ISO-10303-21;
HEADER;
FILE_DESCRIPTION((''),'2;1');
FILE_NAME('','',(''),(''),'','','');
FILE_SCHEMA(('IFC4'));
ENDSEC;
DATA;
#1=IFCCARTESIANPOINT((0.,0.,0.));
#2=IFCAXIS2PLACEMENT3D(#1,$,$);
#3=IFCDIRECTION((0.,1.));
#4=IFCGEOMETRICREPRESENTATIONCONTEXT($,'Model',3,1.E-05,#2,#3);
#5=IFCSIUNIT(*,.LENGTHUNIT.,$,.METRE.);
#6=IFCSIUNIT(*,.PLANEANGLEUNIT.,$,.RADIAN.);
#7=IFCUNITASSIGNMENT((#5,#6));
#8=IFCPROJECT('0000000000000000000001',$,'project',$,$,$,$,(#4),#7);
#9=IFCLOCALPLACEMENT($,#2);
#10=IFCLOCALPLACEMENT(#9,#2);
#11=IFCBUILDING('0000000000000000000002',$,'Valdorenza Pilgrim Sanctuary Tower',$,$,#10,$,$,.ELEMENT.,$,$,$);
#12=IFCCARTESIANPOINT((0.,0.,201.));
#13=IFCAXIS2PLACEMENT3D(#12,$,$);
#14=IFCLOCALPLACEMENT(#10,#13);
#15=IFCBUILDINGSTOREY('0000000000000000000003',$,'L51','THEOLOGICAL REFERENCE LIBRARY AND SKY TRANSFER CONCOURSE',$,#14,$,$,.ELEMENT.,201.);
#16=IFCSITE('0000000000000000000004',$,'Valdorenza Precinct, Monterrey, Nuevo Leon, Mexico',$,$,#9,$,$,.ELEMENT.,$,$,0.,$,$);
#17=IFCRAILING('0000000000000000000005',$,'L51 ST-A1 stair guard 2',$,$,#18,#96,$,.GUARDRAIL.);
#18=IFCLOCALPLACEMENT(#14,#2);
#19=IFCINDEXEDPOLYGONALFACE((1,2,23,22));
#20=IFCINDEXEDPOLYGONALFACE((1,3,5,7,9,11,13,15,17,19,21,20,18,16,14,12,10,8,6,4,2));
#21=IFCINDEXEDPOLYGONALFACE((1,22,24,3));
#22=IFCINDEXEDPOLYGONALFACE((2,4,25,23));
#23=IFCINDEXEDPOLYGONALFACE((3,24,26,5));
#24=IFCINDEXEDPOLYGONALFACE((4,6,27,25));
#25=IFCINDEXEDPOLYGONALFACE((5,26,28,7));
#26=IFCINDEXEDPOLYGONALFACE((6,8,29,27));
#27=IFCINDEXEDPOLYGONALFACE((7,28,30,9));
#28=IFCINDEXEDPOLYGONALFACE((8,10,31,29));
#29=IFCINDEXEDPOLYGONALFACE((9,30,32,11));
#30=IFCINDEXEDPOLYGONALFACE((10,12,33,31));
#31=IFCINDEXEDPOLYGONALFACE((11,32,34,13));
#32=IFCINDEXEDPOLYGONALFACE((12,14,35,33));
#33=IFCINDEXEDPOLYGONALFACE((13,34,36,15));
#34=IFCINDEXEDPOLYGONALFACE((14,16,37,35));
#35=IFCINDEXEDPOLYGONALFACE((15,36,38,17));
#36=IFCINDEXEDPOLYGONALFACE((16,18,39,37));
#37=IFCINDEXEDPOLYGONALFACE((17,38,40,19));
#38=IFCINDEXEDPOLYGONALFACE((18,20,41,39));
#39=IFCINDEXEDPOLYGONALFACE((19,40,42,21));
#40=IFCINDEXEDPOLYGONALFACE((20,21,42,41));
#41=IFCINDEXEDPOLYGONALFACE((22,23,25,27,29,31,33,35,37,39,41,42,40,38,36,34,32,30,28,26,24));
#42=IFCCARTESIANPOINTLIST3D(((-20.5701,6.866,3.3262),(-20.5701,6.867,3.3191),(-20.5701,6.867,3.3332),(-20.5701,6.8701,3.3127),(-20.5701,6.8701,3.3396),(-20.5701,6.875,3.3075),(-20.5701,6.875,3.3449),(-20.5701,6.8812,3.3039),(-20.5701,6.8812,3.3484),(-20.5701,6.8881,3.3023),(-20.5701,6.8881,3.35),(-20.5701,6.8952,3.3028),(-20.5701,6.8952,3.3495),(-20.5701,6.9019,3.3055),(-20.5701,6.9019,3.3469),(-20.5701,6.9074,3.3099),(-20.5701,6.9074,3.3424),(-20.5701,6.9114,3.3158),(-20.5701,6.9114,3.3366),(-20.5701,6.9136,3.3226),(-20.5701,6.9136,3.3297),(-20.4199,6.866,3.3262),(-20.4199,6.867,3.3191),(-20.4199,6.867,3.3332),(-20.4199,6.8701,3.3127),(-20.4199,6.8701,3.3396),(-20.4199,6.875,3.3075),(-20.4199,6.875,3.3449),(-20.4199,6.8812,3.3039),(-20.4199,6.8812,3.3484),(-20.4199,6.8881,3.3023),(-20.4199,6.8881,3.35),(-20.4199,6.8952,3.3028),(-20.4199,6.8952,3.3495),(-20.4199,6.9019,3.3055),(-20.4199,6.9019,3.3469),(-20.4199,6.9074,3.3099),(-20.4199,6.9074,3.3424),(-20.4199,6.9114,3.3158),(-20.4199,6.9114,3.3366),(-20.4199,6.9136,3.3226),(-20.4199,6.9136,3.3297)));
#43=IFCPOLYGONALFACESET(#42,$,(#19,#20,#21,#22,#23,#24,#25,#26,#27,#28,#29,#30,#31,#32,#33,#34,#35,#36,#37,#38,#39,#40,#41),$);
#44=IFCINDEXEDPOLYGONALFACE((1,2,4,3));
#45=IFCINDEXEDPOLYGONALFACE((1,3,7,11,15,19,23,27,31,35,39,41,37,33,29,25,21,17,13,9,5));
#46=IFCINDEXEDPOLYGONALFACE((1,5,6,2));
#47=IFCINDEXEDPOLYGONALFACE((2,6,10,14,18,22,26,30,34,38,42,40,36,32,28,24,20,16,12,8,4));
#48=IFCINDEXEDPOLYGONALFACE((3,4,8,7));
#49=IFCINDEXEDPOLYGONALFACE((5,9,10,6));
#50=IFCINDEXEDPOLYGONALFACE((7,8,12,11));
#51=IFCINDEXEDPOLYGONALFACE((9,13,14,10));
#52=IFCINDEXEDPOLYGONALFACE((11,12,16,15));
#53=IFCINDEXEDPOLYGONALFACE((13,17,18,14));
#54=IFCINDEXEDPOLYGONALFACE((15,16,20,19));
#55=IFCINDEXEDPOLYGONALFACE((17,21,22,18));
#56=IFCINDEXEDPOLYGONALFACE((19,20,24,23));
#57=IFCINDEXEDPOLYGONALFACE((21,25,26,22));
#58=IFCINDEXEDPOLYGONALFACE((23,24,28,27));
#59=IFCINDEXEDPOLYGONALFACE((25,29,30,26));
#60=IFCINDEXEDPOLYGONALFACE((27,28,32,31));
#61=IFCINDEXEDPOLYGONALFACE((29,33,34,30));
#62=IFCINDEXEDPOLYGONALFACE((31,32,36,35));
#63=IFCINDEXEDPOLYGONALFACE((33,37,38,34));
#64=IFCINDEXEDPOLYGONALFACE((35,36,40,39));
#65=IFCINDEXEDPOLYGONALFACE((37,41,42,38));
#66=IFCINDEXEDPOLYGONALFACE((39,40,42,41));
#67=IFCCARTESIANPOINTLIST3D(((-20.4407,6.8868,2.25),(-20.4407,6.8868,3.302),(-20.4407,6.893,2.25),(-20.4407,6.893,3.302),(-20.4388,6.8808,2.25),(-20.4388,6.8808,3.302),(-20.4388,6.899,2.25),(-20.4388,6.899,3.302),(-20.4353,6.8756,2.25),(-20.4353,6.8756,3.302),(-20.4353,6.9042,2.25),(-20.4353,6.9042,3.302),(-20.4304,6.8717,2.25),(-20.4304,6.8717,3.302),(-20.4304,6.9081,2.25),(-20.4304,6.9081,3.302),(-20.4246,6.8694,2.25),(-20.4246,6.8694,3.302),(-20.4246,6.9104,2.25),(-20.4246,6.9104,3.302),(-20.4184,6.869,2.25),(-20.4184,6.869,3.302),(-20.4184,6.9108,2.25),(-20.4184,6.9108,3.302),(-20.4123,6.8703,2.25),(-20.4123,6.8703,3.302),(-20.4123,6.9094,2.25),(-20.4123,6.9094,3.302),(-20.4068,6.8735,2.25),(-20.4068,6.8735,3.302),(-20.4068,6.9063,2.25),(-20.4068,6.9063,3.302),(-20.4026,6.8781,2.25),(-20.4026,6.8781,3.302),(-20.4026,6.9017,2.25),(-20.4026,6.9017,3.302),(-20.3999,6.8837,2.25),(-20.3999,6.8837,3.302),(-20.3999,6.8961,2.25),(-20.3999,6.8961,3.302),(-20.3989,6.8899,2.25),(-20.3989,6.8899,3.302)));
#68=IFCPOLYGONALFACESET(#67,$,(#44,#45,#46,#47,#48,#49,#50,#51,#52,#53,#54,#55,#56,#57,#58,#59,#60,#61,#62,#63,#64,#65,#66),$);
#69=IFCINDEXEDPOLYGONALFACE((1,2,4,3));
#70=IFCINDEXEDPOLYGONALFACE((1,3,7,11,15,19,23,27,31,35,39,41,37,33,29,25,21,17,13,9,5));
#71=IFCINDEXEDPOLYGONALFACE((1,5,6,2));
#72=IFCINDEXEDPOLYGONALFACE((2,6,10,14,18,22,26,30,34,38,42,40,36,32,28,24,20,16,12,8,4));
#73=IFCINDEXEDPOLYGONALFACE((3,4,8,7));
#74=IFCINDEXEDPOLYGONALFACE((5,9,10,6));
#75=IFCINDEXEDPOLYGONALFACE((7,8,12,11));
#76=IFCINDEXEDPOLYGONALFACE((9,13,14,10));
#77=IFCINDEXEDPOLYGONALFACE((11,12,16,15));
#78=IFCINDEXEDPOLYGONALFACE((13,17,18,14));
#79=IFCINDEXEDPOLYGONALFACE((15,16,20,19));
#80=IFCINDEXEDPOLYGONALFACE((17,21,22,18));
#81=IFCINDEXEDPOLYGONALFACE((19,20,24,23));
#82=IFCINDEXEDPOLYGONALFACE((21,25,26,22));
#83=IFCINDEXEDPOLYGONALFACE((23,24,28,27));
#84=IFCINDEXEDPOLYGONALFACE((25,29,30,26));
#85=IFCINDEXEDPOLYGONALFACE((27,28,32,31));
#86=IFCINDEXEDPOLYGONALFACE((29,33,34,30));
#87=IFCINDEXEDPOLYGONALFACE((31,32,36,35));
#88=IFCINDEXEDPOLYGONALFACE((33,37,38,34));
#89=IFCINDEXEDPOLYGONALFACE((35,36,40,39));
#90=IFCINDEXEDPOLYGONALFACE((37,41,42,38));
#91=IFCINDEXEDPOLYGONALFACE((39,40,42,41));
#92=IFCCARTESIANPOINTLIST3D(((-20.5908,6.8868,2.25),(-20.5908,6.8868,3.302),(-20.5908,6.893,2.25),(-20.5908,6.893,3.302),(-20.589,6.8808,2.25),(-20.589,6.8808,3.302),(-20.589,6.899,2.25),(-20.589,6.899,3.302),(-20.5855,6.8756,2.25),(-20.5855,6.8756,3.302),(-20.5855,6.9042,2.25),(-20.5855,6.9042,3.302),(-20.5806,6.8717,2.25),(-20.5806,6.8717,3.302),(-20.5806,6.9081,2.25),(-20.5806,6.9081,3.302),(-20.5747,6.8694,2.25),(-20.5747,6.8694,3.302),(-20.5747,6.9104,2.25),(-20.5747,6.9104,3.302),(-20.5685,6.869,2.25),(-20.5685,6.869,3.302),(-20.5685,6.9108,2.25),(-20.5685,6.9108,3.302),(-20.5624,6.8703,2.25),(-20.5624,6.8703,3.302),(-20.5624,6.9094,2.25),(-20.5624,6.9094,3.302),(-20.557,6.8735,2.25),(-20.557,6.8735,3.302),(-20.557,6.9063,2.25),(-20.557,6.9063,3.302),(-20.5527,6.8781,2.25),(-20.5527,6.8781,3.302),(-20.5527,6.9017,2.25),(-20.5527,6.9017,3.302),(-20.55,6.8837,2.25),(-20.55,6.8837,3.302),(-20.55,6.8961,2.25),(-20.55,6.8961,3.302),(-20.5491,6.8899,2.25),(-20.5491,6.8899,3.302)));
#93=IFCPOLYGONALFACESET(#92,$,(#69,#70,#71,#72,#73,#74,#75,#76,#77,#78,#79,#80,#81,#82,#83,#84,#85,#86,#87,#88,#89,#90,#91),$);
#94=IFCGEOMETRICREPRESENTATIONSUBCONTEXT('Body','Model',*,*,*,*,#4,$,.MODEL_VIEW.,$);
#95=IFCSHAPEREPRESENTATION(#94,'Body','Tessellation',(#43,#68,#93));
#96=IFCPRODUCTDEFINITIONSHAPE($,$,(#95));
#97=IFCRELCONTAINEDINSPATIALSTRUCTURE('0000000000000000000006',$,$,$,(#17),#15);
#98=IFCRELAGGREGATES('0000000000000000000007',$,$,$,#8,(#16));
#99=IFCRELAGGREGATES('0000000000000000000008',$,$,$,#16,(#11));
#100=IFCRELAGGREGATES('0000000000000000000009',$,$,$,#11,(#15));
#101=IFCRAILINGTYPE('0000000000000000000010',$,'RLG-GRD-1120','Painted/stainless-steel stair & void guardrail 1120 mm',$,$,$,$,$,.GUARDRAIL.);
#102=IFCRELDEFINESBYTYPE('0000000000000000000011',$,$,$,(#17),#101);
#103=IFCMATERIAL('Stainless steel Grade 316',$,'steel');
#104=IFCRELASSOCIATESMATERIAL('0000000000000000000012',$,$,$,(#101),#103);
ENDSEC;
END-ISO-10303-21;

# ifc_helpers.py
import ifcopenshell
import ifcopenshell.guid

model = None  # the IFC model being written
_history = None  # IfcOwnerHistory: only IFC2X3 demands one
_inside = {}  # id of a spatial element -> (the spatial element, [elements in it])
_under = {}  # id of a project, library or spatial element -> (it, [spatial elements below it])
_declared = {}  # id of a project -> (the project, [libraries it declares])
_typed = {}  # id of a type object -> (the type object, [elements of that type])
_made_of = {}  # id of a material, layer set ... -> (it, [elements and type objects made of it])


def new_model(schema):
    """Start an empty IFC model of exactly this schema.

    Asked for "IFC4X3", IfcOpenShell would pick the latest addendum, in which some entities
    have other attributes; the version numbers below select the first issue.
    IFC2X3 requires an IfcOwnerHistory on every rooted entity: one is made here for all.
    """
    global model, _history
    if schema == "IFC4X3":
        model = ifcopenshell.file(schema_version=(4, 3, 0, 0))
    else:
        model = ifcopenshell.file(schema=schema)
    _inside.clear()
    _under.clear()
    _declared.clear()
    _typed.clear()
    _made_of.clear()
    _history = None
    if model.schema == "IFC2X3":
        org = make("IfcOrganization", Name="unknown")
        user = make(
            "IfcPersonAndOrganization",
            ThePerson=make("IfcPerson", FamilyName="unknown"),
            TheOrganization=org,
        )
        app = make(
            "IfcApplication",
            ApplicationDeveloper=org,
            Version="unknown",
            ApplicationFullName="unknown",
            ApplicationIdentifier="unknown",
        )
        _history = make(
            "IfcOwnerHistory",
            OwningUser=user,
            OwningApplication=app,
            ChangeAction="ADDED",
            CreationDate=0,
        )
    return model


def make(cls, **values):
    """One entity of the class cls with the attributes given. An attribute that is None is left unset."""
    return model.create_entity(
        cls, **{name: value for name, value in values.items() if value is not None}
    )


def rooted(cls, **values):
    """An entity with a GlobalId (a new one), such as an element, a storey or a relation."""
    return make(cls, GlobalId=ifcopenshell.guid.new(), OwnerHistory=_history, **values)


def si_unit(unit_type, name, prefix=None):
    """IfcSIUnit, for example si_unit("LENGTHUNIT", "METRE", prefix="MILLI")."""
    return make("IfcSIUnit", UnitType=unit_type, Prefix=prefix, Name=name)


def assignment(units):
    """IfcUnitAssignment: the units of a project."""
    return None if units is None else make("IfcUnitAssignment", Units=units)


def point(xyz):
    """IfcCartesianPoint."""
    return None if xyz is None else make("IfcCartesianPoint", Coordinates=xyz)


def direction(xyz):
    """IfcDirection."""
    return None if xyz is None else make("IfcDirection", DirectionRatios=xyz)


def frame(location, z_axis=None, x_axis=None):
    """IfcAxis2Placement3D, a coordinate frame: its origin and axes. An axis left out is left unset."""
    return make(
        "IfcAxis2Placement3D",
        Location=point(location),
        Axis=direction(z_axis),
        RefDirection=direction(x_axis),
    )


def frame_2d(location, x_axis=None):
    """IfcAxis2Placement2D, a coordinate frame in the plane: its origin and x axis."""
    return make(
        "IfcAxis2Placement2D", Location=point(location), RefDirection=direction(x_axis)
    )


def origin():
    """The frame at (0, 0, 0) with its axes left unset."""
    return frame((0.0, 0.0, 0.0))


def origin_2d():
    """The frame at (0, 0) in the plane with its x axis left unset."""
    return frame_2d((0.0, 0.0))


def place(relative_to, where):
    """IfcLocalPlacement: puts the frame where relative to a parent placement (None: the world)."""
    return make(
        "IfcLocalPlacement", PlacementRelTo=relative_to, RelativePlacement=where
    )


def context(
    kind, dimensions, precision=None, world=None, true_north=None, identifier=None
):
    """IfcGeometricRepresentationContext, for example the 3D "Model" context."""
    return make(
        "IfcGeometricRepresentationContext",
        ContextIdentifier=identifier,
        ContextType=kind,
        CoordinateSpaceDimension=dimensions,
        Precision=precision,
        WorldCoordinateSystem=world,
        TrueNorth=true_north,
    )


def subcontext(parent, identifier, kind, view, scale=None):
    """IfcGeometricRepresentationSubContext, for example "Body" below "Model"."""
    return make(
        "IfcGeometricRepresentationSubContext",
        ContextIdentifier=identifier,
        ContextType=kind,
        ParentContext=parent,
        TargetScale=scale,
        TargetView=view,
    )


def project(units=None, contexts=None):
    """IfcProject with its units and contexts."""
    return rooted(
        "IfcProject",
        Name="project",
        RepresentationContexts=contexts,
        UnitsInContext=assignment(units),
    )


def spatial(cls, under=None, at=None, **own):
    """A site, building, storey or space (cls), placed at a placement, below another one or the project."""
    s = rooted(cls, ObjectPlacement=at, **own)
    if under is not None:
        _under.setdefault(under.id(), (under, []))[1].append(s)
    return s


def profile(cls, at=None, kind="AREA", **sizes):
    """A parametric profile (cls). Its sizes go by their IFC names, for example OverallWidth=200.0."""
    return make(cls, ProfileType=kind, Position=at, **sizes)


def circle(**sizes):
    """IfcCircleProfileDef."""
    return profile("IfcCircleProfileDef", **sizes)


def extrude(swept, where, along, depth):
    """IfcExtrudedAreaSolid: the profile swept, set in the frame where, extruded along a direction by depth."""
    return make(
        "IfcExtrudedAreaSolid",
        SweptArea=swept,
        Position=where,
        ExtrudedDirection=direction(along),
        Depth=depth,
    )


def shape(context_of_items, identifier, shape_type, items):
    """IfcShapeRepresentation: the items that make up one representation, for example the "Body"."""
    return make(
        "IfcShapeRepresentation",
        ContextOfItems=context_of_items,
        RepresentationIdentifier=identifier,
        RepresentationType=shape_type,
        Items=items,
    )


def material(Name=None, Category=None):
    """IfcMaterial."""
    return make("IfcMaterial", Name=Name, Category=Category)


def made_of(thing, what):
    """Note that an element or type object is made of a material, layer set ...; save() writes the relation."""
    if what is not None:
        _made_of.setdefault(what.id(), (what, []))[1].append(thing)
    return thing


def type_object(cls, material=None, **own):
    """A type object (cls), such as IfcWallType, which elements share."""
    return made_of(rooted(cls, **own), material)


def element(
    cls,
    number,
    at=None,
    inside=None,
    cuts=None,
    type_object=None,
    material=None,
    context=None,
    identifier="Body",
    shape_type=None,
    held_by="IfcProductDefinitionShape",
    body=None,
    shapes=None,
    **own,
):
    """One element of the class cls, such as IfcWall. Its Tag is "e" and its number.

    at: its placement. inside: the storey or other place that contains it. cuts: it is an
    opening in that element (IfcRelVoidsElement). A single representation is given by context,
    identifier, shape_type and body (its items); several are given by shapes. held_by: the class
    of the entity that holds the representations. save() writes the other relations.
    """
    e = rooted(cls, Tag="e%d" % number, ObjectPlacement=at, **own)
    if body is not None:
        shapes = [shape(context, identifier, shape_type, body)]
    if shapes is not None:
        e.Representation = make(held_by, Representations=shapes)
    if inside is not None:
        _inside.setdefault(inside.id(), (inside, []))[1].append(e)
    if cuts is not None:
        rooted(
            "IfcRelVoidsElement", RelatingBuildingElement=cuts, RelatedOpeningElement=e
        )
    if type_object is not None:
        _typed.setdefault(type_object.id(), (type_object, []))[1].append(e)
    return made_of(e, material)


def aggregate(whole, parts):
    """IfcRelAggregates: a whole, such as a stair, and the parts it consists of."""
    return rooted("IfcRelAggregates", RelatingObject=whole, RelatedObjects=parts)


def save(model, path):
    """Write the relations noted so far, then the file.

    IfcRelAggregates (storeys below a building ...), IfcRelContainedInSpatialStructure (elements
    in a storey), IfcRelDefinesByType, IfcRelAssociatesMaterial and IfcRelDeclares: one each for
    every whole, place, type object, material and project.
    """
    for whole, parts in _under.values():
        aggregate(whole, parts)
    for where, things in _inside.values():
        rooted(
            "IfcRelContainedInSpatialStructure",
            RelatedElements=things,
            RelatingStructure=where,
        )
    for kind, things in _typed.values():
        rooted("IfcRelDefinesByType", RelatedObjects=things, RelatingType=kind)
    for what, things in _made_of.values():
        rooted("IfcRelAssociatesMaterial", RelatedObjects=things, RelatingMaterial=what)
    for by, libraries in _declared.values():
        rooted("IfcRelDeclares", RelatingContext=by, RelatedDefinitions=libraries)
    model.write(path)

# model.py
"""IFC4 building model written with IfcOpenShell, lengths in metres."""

from ifc_helpers import new_model, si_unit, direction, frame, origin, origin_2d, place, context, subcontext, project, spatial, circle, extrude, material, type_object, element, save


model = new_model("IFC4")

# Units and contexts
model_context = context("Model", 3, precision=1e-05, world=origin(), true_north=direction((0.0, 1.0)))
body_context = subcontext(model_context, "Body", "Model", "MODEL_VIEW")
ifc_project = project(units=[si_unit("LENGTHUNIT", "METRE"), si_unit("PLANEANGLEUNIT", "RADIAN")], contexts=[model_context])

# Site, building, storey
site_placement = place(None, origin())
site = spatial("IfcSite", under=ifc_project, at=site_placement, Name="Valdorenza Precinct, Monterrey, Nuevo Leon, Mexico", CompositionType="ELEMENT", RefElevation=0.0)
building_placement = place(site_placement, origin())
building = spatial("IfcBuilding", under=site, at=building_placement, Name="Valdorenza Pilgrim Sanctuary Tower", CompositionType="ELEMENT")
storey_placement = place(building_placement, frame((0.0, 0.0, 201.0)))
storey = spatial("IfcBuildingStorey", under=building, at=storey_placement, Name="L51", Description="THEOLOGICAL REFERENCE LIBRARY AND SKY TRANSFER CONCOURSE", CompositionType="ELEMENT", Elevation=201.0)

# Railing
ifc_material_1 = material(Name="Stainless steel Grade 316", Category="steel")
railing_type_1 = type_object("IfcRailingType", Name="RLG-GRD-1120", Description="Painted/stainless-steel stair & void guardrail 1120 mm", PredefinedType="GUARDRAIL", material=ifc_material_1)
railing_1_placement = place(storey_placement, frame((-20.4199, 6.8899, 2.25)))
element("IfcRailing", 1, at=railing_1_placement, inside=storey, type_object=railing_type_1, Name="L51 ST-A1 stair guard 2", PredefinedType="GUARDRAIL", context=body_context, shape_type="SweptSolid", body=[
    extrude(circle(Radius=0.0239, at=origin_2d()), frame((0.0, 0.0, 1.0762), z_axis=(-1.0, 0.0, 0.0), x_axis=(0.0, -1.0, 0.0)), (0.0, 0.0, 1.0), 0.1501),
    extrude(circle(Radius=0.021, at=origin_2d()), origin(), (0.0, 0.0, 1.0), 1.052),
    extrude(circle(Radius=0.021, at=origin_2d()), frame((-0.1501, 0.0, 0.0)), (0.0, 0.0, 1.0), 1.052),
])

save(model, "model.ifc")
